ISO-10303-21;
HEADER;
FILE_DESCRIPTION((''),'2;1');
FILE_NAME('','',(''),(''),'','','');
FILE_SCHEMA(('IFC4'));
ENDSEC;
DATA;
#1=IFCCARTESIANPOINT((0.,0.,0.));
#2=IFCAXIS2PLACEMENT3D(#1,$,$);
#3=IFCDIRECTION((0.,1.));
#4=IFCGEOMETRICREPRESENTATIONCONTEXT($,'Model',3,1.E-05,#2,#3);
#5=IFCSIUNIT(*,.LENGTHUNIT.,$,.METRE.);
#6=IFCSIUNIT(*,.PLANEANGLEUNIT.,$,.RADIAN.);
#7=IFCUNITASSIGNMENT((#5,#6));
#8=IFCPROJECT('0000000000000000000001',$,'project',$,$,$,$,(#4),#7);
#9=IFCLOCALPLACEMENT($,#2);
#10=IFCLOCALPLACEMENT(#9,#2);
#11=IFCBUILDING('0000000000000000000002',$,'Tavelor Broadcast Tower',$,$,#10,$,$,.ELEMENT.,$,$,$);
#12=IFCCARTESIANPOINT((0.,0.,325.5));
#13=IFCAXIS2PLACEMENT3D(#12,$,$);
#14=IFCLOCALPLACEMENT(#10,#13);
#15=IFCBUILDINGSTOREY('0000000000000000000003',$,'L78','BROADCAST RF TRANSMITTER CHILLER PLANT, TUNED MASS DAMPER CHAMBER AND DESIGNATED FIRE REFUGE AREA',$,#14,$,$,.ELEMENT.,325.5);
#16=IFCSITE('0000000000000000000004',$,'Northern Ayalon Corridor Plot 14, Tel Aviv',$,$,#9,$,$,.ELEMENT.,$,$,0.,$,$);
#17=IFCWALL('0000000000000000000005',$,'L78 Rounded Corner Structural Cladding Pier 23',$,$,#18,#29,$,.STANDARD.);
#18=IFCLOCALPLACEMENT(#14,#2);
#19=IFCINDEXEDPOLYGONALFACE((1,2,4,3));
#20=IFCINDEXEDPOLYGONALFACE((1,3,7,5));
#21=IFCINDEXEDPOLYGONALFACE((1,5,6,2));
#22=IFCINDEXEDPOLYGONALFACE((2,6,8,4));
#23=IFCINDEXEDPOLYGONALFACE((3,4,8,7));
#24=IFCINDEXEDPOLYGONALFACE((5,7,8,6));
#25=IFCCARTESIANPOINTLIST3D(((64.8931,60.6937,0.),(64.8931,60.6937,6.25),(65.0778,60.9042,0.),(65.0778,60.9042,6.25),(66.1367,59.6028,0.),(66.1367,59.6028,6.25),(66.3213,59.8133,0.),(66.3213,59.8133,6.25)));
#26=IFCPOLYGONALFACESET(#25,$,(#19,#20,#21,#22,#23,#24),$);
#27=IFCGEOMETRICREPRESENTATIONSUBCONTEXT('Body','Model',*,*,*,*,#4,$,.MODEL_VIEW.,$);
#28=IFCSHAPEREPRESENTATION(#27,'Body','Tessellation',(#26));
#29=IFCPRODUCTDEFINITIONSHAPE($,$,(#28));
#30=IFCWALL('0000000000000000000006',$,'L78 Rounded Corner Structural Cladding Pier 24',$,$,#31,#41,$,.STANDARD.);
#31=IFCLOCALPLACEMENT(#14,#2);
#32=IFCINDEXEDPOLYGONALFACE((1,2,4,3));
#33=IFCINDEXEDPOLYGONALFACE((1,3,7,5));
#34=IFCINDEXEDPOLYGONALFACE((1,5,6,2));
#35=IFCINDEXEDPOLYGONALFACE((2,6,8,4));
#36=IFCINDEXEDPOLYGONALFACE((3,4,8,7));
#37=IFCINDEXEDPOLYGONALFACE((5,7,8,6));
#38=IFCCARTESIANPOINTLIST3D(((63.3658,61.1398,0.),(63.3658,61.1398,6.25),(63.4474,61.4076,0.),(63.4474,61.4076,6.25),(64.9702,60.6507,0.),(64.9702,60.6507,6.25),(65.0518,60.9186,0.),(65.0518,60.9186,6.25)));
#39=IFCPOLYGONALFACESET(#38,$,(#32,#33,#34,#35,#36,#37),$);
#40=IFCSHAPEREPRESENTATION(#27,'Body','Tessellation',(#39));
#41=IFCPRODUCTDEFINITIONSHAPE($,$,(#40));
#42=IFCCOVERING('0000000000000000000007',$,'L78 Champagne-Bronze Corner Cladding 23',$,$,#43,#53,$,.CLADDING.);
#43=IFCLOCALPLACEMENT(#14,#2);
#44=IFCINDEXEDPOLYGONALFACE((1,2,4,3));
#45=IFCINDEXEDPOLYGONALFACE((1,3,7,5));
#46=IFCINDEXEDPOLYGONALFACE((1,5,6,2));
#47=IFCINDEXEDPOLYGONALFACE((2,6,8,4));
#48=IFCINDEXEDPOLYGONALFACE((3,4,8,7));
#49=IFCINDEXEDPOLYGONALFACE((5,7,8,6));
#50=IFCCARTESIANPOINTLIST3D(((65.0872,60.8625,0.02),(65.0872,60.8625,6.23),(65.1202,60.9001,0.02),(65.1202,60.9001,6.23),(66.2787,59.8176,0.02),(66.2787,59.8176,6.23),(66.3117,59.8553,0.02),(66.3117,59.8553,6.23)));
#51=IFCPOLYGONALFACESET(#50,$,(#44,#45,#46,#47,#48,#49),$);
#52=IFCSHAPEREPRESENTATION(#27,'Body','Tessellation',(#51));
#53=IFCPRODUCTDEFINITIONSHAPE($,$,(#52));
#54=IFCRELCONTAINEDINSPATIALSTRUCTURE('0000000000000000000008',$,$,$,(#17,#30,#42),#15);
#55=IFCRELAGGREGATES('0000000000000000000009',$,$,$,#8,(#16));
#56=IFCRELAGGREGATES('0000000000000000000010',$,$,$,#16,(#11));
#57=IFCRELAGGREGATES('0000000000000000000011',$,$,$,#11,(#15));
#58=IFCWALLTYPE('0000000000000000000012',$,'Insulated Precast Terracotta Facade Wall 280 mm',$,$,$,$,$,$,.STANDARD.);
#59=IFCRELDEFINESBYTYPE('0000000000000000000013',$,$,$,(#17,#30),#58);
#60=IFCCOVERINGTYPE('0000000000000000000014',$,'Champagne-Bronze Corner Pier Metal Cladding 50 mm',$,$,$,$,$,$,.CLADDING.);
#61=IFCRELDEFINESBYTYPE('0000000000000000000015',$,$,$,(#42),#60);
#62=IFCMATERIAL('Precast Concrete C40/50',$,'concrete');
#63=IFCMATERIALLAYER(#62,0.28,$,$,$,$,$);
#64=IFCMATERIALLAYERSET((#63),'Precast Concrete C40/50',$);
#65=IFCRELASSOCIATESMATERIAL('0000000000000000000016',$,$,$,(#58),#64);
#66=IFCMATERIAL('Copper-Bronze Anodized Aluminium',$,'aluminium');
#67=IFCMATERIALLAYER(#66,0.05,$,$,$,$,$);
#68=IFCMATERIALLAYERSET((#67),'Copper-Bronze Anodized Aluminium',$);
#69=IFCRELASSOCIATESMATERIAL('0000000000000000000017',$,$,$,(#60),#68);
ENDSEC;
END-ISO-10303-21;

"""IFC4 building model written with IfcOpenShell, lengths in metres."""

from ifc_helpers import new_model, si_unit, direction, frame, frame_2d, origin, origin_2d, place, context, subcontext, project, spatial, rectangle, extrude, material, layer, layer_set, type_object, element, save


model = new_model("IFC4")

# Units and contexts
model_context = context("Model", 3, precision=1e-05, world=origin(), true_north=direction((0.0, 1.0)))
body_context = subcontext(model_context, "Body", "Model", "MODEL_VIEW")
ifc_project = project(units=[si_unit("LENGTHUNIT", "METRE"), si_unit("PLANEANGLEUNIT", "RADIAN")], contexts=[model_context])

# Site, building, storey
site_placement = place(None, origin())
site = spatial("IfcSite", under=ifc_project, at=site_placement, Name="Northern Ayalon Corridor Plot 14, Tel Aviv", CompositionType="ELEMENT", RefElevation=0.0)
building_placement = place(site_placement, origin())
building = spatial("IfcBuilding", under=site, at=building_placement, Name="Tavelor Broadcast Tower", CompositionType="ELEMENT")
storey_placement = place(building_placement, frame((0.0, 0.0, 325.5)))
storey = spatial("IfcBuildingStorey", under=building, at=storey_placement, Name="L78", Description="BROADCAST RF TRANSMITTER CHILLER PLANT, TUNED MASS DAMPER CHAMBER AND DESIGNATED FIRE REFUGE AREA", CompositionType="ELEMENT", Elevation=325.5)

# Walls
ifc_material_1 = material(Name="Precast Concrete C40/50", Category="concrete")
ifc_layer_1 = layer(ifc_material_1, 0.28)
ifc_layer_set_1 = layer_set([ifc_layer_1], Name="Precast Concrete C40/50")
wall_type = type_object("IfcWallType", Name="Insulated Precast Terracotta Facade Wall 280 mm", PredefinedType="STANDARD", material=ifc_layer_set_1)
wall_1_placement = place(storey_placement, frame((66.229, 59.708, 0.0), z_axis=(0.0, 0.0, 1.0), x_axis=(-0.751717, 0.659486, 0.0)))
element("IfcWall", 1, at=wall_1_placement, inside=storey, type_object=wall_type, Name="L78 Rounded Corner Structural Cladding Pier 23", PredefinedType="STANDARD", context=body_context, shape_type="SweptSolid", body=[
    extrude(rectangle(XDim=1.6543, YDim=0.28, at=frame_2d((0.8271, 0.0))), origin(), (0.0, 0.0, 1.0), 6.25),
])
wall_2_placement = place(storey_placement, frame((65.011, 60.7847, 0.0), z_axis=(0.0, 0.0, 1.0), x_axis=(-0.956547, 0.291579, 0.0)))
element("IfcWall", 2, at=wall_2_placement, inside=storey, type_object=wall_type, Name="L78 Rounded Corner Structural Cladding Pier 24", PredefinedType="STANDARD", context=body_context, shape_type="SweptSolid", body=[
    extrude(rectangle(XDim=1.6772, YDim=0.28, at=frame_2d((0.8386, 0.0))), origin(), (0.0, 0.0, 1.0), 6.25),
])

# Covering
ifc_material_2 = material(Name="Copper-Bronze Anodized Aluminium", Category="aluminium")
ifc_layer_2 = layer(ifc_material_2, 0.05)
ifc_layer_set_2 = layer_set([ifc_layer_2], Name="Copper-Bronze Anodized Aluminium")
covering_type = type_object("IfcCoveringType", Name="Champagne-Bronze Corner Pier Metal Cladding 50 mm", PredefinedType="CLADDING", material=ifc_layer_set_2)
covering_placement = place(storey_placement, frame((65.6995, 60.3589, 0.02), z_axis=(0.0, 0.0, 1.0), x_axis=(-0.75184, 0.659346, 0.0)))
element("IfcCovering", 3, at=covering_placement, inside=storey, type_object=covering_type, Name="L78 Champagne-Bronze Corner Cladding 23", PredefinedType="CLADDING", context=body_context, shape_type="SweptSolid", body=[
    extrude(rectangle(XDim=1.5847, YDim=0.05, at=origin_2d()), origin(), (0.0, 0.0, 1.0), 6.21),
])

save(model, "model.ifc")
